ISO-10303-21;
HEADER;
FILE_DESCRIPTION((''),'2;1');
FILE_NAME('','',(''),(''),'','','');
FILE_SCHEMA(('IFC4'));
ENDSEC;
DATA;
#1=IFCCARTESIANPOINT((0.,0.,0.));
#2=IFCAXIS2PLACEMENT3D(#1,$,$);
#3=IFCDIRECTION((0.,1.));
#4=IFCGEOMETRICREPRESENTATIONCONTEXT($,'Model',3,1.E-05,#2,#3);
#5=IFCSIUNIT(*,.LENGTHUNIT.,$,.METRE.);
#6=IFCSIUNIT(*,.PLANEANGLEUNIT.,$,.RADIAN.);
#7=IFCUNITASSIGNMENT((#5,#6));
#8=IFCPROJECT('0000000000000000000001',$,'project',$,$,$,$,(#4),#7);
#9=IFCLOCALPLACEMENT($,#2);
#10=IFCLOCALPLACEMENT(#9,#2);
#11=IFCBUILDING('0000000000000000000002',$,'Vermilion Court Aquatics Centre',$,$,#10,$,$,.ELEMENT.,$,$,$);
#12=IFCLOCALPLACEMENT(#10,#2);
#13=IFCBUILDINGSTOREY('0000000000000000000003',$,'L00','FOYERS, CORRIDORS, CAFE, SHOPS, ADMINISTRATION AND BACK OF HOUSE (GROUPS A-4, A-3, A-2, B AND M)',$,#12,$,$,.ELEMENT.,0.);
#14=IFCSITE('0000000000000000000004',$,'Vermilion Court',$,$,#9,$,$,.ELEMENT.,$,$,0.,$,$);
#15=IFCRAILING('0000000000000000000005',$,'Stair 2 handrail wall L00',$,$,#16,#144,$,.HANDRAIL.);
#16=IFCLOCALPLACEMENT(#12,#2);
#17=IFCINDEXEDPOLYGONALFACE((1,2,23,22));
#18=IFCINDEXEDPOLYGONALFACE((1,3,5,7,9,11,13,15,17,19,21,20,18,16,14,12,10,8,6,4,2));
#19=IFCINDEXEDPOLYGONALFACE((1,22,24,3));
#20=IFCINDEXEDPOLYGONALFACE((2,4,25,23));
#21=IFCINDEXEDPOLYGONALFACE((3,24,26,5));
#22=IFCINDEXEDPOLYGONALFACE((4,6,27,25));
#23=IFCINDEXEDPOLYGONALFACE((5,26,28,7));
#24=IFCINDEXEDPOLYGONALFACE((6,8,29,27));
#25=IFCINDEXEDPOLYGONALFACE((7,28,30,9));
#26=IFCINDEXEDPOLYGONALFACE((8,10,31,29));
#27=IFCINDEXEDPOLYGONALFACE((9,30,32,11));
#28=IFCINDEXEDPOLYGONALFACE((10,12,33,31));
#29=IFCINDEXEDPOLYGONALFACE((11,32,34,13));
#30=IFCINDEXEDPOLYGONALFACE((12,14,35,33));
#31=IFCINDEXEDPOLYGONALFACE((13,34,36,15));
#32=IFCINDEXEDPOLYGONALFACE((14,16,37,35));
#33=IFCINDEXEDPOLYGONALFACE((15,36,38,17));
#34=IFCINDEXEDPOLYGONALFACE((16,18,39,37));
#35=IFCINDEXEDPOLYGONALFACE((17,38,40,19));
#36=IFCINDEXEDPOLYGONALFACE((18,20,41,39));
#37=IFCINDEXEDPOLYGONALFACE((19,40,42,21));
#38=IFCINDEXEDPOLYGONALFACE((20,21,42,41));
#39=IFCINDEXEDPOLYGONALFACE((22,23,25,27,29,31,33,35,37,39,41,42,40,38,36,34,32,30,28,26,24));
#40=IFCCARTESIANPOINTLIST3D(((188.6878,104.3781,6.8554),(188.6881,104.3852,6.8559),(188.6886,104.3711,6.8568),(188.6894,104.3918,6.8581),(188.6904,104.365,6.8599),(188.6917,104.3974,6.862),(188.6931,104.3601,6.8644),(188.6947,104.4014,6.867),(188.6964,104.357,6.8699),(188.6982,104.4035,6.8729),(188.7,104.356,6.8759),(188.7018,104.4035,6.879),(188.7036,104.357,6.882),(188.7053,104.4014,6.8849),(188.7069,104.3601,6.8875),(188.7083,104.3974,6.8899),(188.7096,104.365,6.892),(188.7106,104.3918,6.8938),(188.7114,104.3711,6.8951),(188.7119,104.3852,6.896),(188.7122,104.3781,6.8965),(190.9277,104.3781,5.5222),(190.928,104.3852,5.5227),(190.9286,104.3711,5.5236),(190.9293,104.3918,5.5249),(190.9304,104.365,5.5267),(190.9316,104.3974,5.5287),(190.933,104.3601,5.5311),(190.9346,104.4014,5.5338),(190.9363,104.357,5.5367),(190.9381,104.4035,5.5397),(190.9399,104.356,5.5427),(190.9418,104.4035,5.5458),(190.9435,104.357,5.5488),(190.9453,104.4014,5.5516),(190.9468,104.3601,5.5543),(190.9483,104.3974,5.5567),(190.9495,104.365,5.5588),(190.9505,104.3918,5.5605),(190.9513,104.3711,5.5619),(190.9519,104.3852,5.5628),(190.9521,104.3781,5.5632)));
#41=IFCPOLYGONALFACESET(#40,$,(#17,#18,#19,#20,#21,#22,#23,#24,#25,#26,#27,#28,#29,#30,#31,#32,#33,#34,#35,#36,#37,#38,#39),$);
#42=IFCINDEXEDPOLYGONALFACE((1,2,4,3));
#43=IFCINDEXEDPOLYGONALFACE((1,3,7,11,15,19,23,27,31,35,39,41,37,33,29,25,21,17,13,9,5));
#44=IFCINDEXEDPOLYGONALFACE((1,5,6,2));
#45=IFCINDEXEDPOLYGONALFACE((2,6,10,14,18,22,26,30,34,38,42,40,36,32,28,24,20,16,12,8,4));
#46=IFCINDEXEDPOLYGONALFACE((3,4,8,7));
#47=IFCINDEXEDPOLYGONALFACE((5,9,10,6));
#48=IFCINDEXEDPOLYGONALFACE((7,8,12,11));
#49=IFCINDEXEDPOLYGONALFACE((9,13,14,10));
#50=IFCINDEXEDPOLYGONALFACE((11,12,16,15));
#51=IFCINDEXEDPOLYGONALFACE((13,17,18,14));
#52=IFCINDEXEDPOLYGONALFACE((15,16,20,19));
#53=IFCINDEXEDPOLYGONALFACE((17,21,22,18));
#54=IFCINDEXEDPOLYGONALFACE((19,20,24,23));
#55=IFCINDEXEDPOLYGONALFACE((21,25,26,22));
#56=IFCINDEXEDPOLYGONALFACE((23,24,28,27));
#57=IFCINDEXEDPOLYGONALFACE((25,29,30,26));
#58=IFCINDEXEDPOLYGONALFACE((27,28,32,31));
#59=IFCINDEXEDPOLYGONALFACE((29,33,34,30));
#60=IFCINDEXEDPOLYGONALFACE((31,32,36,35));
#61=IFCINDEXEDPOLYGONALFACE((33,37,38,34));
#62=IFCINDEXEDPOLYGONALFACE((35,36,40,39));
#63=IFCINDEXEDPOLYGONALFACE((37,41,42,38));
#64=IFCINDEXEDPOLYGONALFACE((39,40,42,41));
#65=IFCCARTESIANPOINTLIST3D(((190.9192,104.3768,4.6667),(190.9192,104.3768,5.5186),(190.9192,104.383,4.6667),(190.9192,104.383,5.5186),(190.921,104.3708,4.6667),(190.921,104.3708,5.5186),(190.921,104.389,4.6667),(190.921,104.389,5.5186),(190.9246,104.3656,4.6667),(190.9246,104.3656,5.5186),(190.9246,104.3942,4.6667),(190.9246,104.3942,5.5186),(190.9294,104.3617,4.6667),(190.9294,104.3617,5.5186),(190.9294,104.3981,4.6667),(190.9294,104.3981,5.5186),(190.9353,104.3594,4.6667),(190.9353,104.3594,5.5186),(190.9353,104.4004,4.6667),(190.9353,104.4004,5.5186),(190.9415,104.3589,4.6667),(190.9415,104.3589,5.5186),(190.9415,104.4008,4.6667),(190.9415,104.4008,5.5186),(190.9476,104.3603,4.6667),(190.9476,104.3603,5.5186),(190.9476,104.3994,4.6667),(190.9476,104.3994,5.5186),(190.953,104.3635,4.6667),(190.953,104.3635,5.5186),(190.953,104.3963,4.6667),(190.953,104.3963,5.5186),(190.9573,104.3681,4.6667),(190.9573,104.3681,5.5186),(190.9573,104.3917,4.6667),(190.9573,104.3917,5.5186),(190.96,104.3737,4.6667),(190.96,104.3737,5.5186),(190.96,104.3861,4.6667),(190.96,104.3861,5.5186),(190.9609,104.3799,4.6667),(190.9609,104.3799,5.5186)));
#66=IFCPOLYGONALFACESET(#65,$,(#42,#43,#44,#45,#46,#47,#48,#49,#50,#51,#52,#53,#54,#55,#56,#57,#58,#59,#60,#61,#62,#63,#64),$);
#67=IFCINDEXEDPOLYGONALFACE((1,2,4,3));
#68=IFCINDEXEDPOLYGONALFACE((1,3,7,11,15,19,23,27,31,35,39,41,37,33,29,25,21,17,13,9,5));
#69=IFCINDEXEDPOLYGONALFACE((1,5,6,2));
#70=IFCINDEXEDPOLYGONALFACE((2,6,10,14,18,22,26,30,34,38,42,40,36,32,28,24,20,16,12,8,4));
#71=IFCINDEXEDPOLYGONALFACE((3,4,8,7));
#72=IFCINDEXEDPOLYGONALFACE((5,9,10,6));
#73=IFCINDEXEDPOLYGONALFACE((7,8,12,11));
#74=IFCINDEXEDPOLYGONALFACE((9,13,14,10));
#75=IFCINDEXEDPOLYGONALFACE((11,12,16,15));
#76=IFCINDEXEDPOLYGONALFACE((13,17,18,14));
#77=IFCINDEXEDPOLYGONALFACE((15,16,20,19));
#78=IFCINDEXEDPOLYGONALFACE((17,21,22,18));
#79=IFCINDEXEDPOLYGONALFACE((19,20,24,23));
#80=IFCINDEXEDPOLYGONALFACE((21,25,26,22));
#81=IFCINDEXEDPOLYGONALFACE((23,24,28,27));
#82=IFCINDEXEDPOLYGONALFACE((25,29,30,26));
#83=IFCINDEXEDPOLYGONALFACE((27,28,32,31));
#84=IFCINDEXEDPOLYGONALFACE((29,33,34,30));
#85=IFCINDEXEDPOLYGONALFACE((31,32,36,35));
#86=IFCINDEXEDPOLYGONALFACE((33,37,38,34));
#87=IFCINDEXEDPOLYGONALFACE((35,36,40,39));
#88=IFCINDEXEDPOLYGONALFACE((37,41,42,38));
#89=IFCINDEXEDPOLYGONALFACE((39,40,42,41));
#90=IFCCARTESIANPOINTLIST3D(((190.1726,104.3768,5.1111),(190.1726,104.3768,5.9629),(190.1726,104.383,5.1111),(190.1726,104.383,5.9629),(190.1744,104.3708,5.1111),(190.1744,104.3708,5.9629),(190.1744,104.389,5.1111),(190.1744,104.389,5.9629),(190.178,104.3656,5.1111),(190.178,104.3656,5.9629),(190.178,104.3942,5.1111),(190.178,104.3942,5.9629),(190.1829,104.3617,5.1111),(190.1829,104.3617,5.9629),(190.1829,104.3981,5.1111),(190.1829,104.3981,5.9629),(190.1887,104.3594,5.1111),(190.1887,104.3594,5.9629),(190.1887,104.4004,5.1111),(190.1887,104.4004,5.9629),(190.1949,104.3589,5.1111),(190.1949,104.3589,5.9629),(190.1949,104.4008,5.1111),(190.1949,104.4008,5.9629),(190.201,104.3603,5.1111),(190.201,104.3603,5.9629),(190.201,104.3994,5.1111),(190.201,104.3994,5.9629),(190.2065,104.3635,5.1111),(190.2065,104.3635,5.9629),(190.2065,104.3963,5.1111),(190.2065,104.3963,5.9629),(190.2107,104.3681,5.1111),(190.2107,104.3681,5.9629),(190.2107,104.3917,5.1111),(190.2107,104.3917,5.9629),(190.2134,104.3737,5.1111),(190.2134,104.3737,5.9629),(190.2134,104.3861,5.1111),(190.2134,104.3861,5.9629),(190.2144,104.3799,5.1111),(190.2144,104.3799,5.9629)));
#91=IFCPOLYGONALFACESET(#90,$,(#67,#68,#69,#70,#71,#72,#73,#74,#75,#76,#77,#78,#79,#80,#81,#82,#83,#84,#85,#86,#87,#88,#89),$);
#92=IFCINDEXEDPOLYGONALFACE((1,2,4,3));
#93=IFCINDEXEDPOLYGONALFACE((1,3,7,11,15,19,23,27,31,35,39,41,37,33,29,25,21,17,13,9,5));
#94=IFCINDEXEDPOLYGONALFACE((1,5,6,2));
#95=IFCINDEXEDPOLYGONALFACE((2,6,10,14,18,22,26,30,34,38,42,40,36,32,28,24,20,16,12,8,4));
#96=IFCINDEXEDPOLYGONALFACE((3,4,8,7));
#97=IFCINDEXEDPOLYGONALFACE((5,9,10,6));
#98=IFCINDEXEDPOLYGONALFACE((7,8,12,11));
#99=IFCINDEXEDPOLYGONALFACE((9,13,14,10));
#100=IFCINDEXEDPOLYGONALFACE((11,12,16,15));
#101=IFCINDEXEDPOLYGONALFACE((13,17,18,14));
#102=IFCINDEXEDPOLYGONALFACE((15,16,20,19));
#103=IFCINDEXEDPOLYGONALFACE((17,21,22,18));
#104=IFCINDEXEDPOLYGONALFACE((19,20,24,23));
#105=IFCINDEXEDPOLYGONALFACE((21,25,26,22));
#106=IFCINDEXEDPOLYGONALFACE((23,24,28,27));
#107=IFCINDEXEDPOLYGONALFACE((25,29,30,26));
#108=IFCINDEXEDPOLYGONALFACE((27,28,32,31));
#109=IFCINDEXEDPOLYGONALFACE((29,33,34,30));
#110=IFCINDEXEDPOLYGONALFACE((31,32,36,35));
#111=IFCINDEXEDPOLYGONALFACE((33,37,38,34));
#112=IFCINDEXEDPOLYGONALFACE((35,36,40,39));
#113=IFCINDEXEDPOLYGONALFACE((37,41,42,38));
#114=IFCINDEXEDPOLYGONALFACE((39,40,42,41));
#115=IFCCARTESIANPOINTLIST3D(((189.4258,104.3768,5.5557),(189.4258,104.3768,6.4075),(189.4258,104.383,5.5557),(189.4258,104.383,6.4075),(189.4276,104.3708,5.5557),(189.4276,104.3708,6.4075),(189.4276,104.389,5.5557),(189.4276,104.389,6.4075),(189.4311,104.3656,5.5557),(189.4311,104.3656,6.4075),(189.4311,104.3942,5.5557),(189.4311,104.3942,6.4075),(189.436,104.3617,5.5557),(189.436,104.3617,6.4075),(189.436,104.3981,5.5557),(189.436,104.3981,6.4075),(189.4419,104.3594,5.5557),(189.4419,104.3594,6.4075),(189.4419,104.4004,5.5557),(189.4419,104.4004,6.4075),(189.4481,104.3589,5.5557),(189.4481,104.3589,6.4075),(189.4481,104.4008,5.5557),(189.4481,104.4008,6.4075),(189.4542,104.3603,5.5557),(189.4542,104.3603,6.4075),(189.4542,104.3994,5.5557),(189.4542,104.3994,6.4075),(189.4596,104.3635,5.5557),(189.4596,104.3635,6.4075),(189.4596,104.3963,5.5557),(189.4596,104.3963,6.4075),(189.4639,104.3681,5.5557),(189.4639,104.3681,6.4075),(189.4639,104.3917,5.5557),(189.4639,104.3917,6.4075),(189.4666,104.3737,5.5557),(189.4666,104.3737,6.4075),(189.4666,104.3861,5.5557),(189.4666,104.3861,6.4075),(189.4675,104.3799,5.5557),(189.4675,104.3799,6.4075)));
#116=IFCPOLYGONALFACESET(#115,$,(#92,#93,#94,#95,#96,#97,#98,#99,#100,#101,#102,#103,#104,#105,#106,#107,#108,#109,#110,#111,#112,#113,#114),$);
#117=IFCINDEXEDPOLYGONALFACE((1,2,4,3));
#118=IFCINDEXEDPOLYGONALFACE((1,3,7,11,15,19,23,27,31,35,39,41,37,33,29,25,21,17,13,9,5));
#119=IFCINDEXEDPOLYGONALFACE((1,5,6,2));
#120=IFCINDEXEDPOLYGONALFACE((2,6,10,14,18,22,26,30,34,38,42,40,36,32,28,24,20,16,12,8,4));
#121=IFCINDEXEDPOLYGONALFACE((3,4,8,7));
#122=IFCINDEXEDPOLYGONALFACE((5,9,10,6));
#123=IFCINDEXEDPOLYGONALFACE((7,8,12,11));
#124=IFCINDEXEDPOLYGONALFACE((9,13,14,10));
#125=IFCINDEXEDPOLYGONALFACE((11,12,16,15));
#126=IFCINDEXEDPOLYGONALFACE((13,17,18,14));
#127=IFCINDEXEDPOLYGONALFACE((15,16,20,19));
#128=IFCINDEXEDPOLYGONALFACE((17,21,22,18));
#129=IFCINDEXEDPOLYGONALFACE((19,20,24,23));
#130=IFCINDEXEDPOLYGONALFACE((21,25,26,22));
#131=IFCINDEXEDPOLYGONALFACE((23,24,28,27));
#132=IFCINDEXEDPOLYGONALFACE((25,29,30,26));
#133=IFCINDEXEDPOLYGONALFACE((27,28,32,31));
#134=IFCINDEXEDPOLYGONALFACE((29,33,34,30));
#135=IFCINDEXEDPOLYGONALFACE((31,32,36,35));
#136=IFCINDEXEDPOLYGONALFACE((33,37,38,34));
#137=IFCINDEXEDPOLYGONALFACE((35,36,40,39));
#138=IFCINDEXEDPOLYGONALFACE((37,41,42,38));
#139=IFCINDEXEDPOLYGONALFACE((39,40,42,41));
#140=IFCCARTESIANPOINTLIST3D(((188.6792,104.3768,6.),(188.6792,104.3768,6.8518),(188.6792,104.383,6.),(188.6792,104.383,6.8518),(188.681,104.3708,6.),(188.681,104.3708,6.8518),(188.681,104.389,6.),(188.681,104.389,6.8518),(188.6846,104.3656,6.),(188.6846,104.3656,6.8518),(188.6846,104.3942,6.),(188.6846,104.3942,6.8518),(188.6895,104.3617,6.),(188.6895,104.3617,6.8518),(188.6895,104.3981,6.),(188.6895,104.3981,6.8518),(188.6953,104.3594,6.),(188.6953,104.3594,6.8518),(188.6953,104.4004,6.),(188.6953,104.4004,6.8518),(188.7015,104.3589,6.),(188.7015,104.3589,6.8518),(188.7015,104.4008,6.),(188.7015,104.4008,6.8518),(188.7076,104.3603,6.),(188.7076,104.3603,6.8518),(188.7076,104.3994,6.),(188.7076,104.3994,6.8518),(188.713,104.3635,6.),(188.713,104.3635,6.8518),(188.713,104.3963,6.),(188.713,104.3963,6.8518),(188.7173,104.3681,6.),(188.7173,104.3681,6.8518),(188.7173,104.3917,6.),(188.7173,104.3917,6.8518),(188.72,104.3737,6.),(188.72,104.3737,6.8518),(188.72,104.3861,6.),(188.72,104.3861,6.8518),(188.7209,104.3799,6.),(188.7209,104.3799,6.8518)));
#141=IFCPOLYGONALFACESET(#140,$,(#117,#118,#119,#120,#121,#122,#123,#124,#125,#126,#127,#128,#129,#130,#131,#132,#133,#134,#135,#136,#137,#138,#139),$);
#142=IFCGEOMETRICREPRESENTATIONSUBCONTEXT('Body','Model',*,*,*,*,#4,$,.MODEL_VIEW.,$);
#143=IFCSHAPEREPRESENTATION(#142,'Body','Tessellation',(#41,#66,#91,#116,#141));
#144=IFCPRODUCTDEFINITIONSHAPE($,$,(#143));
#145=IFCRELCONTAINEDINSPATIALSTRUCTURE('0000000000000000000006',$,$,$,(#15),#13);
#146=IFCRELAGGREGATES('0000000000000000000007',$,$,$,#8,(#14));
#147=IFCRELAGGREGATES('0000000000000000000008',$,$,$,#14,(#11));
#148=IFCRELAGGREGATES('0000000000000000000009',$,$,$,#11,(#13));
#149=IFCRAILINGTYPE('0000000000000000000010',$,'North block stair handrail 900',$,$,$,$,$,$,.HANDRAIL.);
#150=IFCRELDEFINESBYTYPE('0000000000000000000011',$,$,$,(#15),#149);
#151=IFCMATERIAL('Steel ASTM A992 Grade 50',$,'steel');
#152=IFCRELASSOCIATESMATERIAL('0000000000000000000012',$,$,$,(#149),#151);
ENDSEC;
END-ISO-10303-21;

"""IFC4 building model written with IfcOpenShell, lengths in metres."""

from ifc_helpers import new_model, si_unit, direction, frame, origin, origin_2d, place, context, subcontext, project, spatial, circle, extrude, material, type_object, element, save


model = new_model("IFC4")

# Units and contexts
model_context = context("Model", 3, precision=1e-05, world=origin(), true_north=direction((0.0, 1.0)))
body_context = subcontext(model_context, "Body", "Model", "MODEL_VIEW")
ifc_project = project(units=[si_unit("LENGTHUNIT", "METRE"), si_unit("PLANEANGLEUNIT", "RADIAN")], contexts=[model_context])

# Site, building, storey
site_placement = place(None, origin())
site = spatial("IfcSite", under=ifc_project, at=site_placement, Name="Vermilion Court", CompositionType="ELEMENT", RefElevation=0.0)
building_placement = place(site_placement, origin())
building = spatial("IfcBuilding", under=site, at=building_placement, Name="Vermilion Court Aquatics Centre", CompositionType="ELEMENT")
storey_placement = place(building_placement, origin())
storey = spatial("IfcBuildingStorey", under=building, at=storey_placement, Name="L00", Description="FOYERS, CORRIDORS, CAFE, SHOPS, ADMINISTRATION AND BACK OF HOUSE (GROUPS A-4, A-3, A-2, B AND M)", CompositionType="ELEMENT", Elevation=0.0)

# Railing
ifc_material_1 = material(Name="Steel ASTM A992 Grade 50", Category="steel")
railing_type_1 = type_object("IfcRailingType", Name="North block stair handrail 900", PredefinedType="HANDRAIL", material=ifc_material_1)
for number, where, name in (
    (1, (190.9399, 104.3799, 4.6667), "Stair 2 handrail wall L00"),
):
    element("IfcRailing", number, at=place(storey_placement, frame(where)), inside=storey, type_object=railing_type_1, Name=name, PredefinedType="HANDRAIL", context=body_context, shape_type="SweptSolid", body=[
        extrude(circle(Radius=0.0239, at=origin_2d()), frame((0.0, 0.0, 0.876), z_axis=(-0.859306, 0.0, 0.511462), x_axis=(0.0, -1.0, 0.0)), (0.0, 0.0, 1.0), 2.6067),
        extrude(circle(Radius=0.021, at=origin_2d()), origin(), (0.0, 0.0, 1.0), 0.8518),
        extrude(circle(Radius=0.021, at=origin_2d()), frame((-0.7466, 0.0, 0.4443)), (0.0, 0.0, 1.0), 0.8518),
        extrude(circle(Radius=0.021, at=origin_2d()), frame((-1.4934, 0.0, 0.8889)), (0.0, 0.0, 1.0), 0.8518),
        extrude(circle(Radius=0.021, at=origin_2d()), frame((-2.24, 0.0, 1.3333)), (0.0, 0.0, 1.0), 0.8518),
    ])

save(model, "model.ifc")
